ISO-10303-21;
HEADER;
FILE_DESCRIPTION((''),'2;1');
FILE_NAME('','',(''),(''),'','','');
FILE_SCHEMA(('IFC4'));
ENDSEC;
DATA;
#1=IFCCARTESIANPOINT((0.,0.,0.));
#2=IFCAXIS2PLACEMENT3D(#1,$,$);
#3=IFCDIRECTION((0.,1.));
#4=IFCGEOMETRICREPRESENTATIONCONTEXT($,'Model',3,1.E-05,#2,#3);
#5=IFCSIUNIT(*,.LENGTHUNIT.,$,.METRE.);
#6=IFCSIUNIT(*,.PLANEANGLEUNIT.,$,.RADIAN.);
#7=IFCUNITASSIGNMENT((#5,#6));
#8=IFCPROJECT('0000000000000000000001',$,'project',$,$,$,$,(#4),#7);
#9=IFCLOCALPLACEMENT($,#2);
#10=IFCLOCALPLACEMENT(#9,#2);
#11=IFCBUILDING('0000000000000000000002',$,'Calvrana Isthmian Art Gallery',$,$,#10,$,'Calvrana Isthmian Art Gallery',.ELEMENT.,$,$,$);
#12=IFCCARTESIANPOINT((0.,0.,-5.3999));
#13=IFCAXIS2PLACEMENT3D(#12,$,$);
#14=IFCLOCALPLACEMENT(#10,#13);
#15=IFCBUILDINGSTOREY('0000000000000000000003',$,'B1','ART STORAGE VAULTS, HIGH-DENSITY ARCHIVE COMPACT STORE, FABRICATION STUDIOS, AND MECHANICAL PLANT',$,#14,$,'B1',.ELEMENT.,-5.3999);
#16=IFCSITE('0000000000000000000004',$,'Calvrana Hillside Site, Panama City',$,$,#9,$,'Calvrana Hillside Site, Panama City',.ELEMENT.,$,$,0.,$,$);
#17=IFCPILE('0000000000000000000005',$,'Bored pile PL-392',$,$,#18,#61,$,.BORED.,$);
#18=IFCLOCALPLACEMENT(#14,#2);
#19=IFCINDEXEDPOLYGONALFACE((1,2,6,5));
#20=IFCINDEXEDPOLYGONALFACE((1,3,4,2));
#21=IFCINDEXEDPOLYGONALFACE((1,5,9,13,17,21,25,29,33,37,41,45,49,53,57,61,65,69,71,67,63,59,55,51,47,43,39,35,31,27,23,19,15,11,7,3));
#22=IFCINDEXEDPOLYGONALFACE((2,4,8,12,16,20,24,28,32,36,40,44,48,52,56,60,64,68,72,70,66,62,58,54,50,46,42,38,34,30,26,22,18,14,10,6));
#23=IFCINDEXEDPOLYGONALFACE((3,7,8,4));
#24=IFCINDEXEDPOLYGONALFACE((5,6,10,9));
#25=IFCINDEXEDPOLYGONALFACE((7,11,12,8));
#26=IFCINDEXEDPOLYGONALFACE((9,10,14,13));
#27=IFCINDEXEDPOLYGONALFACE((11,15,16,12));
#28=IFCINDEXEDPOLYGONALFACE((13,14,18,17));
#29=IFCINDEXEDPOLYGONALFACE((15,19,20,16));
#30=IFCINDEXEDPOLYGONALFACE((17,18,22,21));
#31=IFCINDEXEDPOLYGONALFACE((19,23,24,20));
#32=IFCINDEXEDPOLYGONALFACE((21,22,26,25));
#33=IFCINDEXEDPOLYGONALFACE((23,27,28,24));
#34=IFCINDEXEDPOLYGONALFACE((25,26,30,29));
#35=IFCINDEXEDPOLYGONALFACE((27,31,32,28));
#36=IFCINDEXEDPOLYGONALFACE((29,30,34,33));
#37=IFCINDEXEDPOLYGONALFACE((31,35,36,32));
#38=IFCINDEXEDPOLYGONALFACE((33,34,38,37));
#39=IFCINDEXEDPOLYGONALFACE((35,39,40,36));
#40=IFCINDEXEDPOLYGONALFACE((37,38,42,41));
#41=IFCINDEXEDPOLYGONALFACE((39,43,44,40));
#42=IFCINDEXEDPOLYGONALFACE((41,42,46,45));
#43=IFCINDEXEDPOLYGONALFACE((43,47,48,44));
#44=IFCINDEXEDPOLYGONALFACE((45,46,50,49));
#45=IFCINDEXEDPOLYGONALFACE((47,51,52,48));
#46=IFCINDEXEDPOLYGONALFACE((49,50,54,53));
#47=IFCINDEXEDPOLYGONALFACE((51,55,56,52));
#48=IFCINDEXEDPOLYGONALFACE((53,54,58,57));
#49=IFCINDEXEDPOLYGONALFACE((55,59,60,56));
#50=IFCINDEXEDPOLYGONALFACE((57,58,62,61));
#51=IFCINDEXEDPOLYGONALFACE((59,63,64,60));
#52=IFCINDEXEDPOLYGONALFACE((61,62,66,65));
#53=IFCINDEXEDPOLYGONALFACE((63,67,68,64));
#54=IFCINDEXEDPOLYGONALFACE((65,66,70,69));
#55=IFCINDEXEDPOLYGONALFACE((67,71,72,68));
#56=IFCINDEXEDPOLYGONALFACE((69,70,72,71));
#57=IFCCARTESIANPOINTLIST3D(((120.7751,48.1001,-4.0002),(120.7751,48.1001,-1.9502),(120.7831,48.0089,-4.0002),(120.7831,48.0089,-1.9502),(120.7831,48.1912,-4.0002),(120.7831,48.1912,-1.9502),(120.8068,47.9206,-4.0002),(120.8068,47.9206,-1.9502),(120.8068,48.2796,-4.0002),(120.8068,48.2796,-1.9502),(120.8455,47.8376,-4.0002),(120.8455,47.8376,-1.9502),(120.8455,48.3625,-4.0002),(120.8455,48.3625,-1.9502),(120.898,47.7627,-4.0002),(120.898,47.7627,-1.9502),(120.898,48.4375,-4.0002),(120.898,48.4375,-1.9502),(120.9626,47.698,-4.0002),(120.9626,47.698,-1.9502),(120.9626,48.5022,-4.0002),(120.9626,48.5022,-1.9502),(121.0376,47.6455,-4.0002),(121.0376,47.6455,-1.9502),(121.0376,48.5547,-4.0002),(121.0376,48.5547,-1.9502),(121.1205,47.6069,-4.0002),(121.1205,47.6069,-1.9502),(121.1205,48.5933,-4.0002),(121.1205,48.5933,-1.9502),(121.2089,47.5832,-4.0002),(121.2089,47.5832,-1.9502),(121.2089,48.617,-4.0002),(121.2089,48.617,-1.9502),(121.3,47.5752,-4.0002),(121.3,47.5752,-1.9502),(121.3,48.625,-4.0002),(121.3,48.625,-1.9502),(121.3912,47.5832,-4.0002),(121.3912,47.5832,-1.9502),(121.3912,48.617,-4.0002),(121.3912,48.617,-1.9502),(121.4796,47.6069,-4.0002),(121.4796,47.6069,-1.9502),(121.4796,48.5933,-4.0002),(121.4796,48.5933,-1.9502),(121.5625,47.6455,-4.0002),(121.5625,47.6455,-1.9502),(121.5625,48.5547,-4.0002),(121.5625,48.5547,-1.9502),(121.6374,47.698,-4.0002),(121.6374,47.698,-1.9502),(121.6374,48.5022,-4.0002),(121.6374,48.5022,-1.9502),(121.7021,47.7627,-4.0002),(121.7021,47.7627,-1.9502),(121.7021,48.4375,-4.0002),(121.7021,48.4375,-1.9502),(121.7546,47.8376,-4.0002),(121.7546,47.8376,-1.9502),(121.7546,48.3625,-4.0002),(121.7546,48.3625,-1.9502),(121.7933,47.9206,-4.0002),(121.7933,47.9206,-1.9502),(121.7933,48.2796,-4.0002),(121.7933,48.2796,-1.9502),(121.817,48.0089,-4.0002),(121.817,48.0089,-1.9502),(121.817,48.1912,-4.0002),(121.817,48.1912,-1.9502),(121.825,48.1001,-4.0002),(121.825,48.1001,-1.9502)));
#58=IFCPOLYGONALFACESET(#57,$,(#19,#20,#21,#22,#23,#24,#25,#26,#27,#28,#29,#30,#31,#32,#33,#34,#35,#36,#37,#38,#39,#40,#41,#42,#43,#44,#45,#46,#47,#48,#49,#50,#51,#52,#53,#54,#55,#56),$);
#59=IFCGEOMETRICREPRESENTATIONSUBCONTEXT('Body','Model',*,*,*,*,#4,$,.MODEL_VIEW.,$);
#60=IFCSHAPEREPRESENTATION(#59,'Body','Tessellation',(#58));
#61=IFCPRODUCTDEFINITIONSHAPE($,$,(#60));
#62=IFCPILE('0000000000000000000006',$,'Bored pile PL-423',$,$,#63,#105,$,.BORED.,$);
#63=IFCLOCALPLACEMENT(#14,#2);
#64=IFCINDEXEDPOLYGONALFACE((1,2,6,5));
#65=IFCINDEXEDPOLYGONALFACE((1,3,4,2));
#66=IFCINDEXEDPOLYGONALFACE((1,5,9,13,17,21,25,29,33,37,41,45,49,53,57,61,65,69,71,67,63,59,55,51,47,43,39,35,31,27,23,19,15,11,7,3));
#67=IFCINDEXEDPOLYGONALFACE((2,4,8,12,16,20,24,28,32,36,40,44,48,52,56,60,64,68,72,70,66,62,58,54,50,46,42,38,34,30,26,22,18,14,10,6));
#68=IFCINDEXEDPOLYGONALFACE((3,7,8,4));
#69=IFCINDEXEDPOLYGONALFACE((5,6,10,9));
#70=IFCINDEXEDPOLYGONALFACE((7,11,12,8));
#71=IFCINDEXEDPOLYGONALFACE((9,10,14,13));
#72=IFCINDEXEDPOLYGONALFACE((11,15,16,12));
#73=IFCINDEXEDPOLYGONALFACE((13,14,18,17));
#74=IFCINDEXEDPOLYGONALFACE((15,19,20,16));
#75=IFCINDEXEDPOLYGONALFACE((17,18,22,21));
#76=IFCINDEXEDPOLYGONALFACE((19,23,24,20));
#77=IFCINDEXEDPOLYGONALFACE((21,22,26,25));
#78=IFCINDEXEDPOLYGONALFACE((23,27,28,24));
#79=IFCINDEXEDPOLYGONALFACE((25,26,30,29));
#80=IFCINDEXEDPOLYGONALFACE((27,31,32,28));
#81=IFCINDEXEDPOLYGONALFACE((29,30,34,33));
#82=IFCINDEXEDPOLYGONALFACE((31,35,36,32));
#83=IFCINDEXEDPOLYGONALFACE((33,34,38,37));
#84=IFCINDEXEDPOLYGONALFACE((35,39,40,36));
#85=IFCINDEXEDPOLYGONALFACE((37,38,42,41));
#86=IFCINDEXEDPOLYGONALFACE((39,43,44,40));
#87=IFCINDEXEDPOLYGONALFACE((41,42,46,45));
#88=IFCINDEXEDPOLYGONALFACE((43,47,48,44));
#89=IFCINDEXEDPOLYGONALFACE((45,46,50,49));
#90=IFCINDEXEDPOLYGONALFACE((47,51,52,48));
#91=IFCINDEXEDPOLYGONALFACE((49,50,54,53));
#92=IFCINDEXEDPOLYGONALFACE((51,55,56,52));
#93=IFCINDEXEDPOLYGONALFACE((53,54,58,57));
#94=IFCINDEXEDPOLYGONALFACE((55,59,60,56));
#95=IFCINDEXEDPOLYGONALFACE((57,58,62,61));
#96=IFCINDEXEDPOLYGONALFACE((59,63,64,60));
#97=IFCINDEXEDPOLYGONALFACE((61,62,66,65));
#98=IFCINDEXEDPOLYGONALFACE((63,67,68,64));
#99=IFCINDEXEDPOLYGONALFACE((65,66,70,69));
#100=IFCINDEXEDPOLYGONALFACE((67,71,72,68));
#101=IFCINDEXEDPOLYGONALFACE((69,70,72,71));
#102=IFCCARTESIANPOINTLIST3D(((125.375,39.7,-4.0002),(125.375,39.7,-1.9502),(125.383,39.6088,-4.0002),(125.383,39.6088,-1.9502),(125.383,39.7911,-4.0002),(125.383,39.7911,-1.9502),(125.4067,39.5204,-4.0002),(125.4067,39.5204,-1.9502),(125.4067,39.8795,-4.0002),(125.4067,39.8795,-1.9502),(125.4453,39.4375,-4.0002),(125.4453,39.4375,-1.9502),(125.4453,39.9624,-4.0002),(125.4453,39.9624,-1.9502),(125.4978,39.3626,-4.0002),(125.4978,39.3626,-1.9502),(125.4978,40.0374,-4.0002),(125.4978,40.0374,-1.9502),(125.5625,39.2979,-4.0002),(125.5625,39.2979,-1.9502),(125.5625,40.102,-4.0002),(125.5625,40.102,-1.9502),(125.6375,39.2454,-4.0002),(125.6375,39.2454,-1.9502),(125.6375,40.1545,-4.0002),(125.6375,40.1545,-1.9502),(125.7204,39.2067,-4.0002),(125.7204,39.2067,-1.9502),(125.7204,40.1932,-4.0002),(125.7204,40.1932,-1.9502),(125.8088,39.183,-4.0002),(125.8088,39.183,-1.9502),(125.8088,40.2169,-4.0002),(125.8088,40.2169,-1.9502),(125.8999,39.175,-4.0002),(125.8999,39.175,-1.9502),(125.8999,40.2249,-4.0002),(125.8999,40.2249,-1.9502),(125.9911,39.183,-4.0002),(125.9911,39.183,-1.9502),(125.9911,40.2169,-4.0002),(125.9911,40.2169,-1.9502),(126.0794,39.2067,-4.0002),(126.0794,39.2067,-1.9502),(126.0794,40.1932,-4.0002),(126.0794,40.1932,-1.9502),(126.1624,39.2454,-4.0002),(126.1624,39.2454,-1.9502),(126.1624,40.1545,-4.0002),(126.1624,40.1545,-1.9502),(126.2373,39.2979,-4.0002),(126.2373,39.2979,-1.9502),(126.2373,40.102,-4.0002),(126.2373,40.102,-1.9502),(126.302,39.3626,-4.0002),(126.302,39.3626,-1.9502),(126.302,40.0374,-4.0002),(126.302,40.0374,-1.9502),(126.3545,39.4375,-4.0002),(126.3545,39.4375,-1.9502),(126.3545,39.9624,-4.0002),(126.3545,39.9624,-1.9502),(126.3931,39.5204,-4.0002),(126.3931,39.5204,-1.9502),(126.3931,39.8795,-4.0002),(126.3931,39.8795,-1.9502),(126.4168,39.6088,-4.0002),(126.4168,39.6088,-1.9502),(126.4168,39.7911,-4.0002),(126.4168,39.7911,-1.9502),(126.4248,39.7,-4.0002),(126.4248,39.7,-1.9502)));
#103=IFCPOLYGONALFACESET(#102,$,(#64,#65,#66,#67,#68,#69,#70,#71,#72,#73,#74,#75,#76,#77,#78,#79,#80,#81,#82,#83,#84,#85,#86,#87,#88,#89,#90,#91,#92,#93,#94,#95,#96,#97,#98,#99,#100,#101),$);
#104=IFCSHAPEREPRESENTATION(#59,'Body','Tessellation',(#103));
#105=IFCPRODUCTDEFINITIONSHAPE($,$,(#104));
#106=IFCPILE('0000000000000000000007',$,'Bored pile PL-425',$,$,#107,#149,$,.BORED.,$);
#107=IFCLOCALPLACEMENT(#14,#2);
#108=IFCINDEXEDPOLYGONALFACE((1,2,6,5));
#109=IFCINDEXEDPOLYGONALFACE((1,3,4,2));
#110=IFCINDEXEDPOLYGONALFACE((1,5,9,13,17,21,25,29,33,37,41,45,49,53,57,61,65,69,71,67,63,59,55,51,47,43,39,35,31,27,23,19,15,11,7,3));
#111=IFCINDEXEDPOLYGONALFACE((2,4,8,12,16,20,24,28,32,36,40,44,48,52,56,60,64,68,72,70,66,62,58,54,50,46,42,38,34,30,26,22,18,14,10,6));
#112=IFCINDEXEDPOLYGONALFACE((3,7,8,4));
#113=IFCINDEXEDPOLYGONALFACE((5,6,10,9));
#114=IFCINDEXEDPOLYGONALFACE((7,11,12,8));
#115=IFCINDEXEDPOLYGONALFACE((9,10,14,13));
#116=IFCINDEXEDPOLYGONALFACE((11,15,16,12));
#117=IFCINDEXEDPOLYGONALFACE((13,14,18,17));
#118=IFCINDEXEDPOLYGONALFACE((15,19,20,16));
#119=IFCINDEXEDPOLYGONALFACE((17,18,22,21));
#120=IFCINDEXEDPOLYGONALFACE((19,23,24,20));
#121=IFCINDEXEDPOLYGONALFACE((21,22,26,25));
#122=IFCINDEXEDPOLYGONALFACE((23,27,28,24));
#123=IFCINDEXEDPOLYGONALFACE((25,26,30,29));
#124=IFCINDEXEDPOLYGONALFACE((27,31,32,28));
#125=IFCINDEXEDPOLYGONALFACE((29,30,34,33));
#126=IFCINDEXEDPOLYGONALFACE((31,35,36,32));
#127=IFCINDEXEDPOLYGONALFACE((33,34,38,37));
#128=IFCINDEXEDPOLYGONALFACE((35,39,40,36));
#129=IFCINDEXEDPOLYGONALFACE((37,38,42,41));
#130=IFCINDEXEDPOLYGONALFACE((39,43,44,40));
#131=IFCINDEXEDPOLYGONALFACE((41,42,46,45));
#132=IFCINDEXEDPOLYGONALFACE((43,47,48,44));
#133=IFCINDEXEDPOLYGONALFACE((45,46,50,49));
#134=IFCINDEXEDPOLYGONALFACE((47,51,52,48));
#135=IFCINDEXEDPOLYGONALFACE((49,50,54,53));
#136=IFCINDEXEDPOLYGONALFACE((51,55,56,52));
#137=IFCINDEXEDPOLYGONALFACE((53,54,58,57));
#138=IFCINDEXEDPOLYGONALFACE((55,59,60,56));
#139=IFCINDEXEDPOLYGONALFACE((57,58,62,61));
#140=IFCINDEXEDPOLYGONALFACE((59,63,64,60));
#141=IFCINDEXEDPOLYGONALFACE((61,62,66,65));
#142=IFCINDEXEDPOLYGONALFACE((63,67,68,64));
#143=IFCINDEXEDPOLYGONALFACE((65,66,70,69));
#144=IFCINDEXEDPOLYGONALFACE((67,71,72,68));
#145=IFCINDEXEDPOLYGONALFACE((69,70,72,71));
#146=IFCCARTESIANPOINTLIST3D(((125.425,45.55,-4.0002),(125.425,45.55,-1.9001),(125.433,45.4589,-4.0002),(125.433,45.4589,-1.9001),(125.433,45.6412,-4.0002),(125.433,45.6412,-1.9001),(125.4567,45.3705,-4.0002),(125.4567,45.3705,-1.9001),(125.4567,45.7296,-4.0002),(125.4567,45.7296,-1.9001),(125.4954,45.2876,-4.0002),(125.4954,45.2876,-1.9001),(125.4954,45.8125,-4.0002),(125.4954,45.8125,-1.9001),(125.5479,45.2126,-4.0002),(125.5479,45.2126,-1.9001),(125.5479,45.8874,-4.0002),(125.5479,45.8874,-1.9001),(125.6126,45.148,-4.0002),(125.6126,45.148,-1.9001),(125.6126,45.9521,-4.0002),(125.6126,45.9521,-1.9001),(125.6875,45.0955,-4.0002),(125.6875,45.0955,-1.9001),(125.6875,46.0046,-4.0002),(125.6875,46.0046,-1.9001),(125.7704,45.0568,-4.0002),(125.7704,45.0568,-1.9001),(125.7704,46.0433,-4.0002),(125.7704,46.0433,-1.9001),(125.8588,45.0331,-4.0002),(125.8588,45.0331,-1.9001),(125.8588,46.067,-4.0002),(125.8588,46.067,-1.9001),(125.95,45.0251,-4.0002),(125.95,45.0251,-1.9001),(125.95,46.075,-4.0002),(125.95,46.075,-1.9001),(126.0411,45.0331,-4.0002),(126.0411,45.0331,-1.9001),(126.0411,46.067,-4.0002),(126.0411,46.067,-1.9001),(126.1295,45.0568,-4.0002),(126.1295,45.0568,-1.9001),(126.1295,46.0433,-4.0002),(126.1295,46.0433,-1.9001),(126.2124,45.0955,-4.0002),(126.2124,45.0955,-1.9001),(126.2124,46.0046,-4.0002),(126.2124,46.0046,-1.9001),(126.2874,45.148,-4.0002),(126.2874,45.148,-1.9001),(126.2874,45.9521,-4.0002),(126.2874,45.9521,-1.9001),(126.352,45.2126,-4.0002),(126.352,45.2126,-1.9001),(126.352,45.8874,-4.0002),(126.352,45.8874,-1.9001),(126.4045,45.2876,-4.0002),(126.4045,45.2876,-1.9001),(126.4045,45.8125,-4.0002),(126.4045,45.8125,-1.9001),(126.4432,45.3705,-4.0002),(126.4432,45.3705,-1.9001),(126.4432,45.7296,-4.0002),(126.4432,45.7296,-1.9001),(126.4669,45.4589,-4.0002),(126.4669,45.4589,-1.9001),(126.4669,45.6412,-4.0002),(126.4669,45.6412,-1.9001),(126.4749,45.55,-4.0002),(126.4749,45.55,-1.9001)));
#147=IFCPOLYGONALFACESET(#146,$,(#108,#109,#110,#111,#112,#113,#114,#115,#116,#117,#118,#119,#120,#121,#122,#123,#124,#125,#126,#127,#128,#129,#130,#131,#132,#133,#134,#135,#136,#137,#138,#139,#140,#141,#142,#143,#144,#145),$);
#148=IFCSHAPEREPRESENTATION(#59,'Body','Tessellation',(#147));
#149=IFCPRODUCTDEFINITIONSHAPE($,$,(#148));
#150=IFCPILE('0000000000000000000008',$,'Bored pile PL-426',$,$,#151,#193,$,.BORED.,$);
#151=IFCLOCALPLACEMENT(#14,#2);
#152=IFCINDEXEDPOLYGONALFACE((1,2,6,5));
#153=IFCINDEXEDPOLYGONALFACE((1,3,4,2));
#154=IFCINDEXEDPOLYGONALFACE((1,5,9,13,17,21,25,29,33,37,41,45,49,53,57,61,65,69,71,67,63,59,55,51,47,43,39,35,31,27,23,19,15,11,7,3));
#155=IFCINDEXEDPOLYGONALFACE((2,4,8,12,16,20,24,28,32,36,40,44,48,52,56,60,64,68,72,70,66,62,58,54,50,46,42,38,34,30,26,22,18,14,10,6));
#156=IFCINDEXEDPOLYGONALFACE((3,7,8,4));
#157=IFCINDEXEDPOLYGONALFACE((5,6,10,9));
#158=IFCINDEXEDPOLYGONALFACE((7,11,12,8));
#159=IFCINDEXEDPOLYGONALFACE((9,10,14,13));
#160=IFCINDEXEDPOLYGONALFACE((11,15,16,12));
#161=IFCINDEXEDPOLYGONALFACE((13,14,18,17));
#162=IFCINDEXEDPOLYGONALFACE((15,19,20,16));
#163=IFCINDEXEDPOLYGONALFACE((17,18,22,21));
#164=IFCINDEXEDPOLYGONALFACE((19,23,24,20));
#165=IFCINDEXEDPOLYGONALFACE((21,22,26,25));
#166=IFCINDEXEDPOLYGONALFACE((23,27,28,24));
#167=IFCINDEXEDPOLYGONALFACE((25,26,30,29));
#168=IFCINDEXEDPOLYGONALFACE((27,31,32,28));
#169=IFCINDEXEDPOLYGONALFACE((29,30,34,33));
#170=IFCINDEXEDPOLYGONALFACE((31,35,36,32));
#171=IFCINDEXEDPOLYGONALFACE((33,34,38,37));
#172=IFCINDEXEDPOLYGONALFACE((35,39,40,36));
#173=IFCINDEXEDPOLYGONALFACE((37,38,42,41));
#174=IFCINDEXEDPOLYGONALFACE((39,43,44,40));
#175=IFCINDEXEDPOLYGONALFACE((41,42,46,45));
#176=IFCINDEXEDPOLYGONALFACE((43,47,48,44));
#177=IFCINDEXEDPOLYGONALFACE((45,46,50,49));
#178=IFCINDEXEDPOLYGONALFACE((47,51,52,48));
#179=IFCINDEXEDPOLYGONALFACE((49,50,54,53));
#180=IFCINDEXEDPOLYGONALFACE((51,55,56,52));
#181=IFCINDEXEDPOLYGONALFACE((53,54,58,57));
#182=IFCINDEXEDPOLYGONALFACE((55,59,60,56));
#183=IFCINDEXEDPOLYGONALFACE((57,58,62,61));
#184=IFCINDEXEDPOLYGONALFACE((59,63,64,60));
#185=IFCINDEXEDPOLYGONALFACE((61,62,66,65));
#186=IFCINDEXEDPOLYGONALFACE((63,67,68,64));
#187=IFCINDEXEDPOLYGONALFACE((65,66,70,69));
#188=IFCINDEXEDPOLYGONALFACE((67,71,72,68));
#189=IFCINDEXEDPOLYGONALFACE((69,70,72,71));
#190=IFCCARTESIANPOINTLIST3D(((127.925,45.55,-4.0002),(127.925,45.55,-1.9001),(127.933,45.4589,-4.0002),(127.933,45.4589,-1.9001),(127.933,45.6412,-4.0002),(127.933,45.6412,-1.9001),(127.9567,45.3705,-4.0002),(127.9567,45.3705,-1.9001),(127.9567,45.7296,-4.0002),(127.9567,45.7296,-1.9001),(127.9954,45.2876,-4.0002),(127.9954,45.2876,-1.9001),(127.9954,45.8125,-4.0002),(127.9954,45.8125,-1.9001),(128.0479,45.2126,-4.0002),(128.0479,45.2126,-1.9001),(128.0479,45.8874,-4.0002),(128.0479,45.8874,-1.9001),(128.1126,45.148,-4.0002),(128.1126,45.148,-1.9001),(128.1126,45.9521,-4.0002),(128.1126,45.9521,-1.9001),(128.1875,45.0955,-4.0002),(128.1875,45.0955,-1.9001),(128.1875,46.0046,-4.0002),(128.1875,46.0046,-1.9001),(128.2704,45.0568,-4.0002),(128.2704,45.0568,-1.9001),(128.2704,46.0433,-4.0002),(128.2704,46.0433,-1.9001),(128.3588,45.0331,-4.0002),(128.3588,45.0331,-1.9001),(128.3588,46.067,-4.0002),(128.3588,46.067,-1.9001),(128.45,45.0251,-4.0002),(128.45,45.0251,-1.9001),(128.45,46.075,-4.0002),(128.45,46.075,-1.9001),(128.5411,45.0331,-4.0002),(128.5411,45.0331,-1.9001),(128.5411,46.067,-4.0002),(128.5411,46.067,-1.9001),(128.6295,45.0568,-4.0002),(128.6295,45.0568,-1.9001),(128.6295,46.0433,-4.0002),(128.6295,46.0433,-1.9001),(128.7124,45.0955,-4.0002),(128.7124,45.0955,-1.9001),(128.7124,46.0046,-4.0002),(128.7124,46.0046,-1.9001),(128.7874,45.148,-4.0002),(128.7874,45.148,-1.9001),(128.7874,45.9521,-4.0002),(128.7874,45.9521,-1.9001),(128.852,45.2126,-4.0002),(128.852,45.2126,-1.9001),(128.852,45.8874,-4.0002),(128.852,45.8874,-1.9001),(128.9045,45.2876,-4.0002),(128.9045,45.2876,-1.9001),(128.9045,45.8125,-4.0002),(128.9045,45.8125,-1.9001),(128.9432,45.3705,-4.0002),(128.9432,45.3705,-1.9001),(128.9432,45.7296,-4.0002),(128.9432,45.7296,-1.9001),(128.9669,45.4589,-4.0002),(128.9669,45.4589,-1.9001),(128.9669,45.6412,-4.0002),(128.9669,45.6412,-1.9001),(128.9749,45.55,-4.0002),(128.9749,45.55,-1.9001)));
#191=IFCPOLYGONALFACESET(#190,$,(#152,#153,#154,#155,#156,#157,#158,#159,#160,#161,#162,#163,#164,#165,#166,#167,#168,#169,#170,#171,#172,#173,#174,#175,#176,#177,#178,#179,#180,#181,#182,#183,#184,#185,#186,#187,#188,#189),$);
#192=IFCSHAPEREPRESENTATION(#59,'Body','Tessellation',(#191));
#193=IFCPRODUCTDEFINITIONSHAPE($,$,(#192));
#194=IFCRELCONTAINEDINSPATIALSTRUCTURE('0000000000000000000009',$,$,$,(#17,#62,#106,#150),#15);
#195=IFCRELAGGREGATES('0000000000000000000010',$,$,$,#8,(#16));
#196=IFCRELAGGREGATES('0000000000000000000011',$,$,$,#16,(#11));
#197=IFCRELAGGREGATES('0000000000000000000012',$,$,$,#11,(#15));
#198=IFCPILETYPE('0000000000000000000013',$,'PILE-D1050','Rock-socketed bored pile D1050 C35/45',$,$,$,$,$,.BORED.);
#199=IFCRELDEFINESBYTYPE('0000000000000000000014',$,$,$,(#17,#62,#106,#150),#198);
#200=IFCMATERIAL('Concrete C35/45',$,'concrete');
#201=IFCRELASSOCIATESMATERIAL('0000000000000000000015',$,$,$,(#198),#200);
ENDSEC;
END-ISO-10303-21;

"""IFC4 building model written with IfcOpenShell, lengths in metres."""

from ifc_helpers import new_model, si_unit, direction, frame, origin, origin_2d, place, context, subcontext, project, spatial, circle, extrude, material, material_profile, profile_set, type_object, element, save


model = new_model("IFC4")

# Units and contexts
model_context = context("Model", 3, precision=1e-05, world=origin(), true_north=direction((0.0, 1.0)))
body_context = subcontext(model_context, "Body", "Model", "MODEL_VIEW")
ifc_project = project(units=[si_unit("LENGTHUNIT", "METRE"), si_unit("PLANEANGLEUNIT", "RADIAN")], contexts=[model_context])

# Site, building, storey
site_placement = place(None, origin())
site = spatial("IfcSite", under=ifc_project, at=site_placement, Name="Calvrana Hillside Site, Panama City", LongName="Calvrana Hillside Site, Panama City", CompositionType="ELEMENT", RefElevation=0.0)
building_placement = place(site_placement, origin())
building = spatial("IfcBuilding", under=site, at=building_placement, Name="Calvrana Isthmian Art Gallery", LongName="Calvrana Isthmian Art Gallery", CompositionType="ELEMENT")
storey_placement = place(building_placement, frame((0.0, 0.0, -5.3999)))
storey = spatial("IfcBuildingStorey", under=building, at=storey_placement, Name="B1", Description="ART STORAGE VAULTS, HIGH-DENSITY ARCHIVE COMPACT STORE, FABRICATION STUDIOS, AND MECHANICAL PLANT", LongName="B1", CompositionType="ELEMENT", Elevation=-5.3999)

# Shared definitions
ifc_material_1 = material(Name="Concrete C35/45", Category="concrete")

# Piles
ifc_material_profile_1 = material_profile(ifc_material_1, circle(Radius=0.5249, at=origin_2d()), Name="PILE1050D")
ifc_profile_set_1 = profile_set([ifc_material_profile_1], Name="Concrete C35/45")
pile_type_1 = type_object("IfcPileType", Name="PILE-D1050", Description="Rock-socketed bored pile D1050 C35/45", PredefinedType="BORED", material=ifc_profile_set_1)
for number, where, z_axis, x_axis, name in (
    (1, (121.3, 48.1001, -1.9502), (0.0, 0.0, -1.0), (1.0, 0.0, 0.0), "Bored pile PL-392"),
    (2, (125.8999, 39.7, -1.9502), (0.0, 0.0, -1.0), (1.0, 0.0, 0.0), "Bored pile PL-423"),
):
    element("IfcPile", number, at=place(storey_placement, frame(where, z_axis=z_axis, x_axis=x_axis)), inside=storey, type_object=pile_type_1, Name=name, PredefinedType="BORED", context=body_context, shape_type="SweptSolid", body=[
        extrude(circle(Radius=0.5249, at=origin_2d()), origin(), (0.0, 0.0, 1.0), 2.05),
    ])
for number, where, z_axis, x_axis, name in (
    (3, (125.95, 45.55, -1.9001), (0.0, 0.0, -1.0), (1.0, 0.0, 0.0), "Bored pile PL-425"),
    (4, (128.45, 45.55, -1.9001), (0.0, 0.0, -1.0), (1.0, 0.0, 0.0), "Bored pile PL-426"),
):
    element("IfcPile", number, at=place(storey_placement, frame(where, z_axis=z_axis, x_axis=x_axis)), inside=storey, type_object=pile_type_1, Name=name, PredefinedType="BORED", context=body_context, shape_type="SweptSolid", body=[
        extrude(circle(Radius=0.5249, at=origin_2d()), origin(), (0.0, 0.0, 1.0), 2.1001),
    ])

save(model, "model.ifc")
